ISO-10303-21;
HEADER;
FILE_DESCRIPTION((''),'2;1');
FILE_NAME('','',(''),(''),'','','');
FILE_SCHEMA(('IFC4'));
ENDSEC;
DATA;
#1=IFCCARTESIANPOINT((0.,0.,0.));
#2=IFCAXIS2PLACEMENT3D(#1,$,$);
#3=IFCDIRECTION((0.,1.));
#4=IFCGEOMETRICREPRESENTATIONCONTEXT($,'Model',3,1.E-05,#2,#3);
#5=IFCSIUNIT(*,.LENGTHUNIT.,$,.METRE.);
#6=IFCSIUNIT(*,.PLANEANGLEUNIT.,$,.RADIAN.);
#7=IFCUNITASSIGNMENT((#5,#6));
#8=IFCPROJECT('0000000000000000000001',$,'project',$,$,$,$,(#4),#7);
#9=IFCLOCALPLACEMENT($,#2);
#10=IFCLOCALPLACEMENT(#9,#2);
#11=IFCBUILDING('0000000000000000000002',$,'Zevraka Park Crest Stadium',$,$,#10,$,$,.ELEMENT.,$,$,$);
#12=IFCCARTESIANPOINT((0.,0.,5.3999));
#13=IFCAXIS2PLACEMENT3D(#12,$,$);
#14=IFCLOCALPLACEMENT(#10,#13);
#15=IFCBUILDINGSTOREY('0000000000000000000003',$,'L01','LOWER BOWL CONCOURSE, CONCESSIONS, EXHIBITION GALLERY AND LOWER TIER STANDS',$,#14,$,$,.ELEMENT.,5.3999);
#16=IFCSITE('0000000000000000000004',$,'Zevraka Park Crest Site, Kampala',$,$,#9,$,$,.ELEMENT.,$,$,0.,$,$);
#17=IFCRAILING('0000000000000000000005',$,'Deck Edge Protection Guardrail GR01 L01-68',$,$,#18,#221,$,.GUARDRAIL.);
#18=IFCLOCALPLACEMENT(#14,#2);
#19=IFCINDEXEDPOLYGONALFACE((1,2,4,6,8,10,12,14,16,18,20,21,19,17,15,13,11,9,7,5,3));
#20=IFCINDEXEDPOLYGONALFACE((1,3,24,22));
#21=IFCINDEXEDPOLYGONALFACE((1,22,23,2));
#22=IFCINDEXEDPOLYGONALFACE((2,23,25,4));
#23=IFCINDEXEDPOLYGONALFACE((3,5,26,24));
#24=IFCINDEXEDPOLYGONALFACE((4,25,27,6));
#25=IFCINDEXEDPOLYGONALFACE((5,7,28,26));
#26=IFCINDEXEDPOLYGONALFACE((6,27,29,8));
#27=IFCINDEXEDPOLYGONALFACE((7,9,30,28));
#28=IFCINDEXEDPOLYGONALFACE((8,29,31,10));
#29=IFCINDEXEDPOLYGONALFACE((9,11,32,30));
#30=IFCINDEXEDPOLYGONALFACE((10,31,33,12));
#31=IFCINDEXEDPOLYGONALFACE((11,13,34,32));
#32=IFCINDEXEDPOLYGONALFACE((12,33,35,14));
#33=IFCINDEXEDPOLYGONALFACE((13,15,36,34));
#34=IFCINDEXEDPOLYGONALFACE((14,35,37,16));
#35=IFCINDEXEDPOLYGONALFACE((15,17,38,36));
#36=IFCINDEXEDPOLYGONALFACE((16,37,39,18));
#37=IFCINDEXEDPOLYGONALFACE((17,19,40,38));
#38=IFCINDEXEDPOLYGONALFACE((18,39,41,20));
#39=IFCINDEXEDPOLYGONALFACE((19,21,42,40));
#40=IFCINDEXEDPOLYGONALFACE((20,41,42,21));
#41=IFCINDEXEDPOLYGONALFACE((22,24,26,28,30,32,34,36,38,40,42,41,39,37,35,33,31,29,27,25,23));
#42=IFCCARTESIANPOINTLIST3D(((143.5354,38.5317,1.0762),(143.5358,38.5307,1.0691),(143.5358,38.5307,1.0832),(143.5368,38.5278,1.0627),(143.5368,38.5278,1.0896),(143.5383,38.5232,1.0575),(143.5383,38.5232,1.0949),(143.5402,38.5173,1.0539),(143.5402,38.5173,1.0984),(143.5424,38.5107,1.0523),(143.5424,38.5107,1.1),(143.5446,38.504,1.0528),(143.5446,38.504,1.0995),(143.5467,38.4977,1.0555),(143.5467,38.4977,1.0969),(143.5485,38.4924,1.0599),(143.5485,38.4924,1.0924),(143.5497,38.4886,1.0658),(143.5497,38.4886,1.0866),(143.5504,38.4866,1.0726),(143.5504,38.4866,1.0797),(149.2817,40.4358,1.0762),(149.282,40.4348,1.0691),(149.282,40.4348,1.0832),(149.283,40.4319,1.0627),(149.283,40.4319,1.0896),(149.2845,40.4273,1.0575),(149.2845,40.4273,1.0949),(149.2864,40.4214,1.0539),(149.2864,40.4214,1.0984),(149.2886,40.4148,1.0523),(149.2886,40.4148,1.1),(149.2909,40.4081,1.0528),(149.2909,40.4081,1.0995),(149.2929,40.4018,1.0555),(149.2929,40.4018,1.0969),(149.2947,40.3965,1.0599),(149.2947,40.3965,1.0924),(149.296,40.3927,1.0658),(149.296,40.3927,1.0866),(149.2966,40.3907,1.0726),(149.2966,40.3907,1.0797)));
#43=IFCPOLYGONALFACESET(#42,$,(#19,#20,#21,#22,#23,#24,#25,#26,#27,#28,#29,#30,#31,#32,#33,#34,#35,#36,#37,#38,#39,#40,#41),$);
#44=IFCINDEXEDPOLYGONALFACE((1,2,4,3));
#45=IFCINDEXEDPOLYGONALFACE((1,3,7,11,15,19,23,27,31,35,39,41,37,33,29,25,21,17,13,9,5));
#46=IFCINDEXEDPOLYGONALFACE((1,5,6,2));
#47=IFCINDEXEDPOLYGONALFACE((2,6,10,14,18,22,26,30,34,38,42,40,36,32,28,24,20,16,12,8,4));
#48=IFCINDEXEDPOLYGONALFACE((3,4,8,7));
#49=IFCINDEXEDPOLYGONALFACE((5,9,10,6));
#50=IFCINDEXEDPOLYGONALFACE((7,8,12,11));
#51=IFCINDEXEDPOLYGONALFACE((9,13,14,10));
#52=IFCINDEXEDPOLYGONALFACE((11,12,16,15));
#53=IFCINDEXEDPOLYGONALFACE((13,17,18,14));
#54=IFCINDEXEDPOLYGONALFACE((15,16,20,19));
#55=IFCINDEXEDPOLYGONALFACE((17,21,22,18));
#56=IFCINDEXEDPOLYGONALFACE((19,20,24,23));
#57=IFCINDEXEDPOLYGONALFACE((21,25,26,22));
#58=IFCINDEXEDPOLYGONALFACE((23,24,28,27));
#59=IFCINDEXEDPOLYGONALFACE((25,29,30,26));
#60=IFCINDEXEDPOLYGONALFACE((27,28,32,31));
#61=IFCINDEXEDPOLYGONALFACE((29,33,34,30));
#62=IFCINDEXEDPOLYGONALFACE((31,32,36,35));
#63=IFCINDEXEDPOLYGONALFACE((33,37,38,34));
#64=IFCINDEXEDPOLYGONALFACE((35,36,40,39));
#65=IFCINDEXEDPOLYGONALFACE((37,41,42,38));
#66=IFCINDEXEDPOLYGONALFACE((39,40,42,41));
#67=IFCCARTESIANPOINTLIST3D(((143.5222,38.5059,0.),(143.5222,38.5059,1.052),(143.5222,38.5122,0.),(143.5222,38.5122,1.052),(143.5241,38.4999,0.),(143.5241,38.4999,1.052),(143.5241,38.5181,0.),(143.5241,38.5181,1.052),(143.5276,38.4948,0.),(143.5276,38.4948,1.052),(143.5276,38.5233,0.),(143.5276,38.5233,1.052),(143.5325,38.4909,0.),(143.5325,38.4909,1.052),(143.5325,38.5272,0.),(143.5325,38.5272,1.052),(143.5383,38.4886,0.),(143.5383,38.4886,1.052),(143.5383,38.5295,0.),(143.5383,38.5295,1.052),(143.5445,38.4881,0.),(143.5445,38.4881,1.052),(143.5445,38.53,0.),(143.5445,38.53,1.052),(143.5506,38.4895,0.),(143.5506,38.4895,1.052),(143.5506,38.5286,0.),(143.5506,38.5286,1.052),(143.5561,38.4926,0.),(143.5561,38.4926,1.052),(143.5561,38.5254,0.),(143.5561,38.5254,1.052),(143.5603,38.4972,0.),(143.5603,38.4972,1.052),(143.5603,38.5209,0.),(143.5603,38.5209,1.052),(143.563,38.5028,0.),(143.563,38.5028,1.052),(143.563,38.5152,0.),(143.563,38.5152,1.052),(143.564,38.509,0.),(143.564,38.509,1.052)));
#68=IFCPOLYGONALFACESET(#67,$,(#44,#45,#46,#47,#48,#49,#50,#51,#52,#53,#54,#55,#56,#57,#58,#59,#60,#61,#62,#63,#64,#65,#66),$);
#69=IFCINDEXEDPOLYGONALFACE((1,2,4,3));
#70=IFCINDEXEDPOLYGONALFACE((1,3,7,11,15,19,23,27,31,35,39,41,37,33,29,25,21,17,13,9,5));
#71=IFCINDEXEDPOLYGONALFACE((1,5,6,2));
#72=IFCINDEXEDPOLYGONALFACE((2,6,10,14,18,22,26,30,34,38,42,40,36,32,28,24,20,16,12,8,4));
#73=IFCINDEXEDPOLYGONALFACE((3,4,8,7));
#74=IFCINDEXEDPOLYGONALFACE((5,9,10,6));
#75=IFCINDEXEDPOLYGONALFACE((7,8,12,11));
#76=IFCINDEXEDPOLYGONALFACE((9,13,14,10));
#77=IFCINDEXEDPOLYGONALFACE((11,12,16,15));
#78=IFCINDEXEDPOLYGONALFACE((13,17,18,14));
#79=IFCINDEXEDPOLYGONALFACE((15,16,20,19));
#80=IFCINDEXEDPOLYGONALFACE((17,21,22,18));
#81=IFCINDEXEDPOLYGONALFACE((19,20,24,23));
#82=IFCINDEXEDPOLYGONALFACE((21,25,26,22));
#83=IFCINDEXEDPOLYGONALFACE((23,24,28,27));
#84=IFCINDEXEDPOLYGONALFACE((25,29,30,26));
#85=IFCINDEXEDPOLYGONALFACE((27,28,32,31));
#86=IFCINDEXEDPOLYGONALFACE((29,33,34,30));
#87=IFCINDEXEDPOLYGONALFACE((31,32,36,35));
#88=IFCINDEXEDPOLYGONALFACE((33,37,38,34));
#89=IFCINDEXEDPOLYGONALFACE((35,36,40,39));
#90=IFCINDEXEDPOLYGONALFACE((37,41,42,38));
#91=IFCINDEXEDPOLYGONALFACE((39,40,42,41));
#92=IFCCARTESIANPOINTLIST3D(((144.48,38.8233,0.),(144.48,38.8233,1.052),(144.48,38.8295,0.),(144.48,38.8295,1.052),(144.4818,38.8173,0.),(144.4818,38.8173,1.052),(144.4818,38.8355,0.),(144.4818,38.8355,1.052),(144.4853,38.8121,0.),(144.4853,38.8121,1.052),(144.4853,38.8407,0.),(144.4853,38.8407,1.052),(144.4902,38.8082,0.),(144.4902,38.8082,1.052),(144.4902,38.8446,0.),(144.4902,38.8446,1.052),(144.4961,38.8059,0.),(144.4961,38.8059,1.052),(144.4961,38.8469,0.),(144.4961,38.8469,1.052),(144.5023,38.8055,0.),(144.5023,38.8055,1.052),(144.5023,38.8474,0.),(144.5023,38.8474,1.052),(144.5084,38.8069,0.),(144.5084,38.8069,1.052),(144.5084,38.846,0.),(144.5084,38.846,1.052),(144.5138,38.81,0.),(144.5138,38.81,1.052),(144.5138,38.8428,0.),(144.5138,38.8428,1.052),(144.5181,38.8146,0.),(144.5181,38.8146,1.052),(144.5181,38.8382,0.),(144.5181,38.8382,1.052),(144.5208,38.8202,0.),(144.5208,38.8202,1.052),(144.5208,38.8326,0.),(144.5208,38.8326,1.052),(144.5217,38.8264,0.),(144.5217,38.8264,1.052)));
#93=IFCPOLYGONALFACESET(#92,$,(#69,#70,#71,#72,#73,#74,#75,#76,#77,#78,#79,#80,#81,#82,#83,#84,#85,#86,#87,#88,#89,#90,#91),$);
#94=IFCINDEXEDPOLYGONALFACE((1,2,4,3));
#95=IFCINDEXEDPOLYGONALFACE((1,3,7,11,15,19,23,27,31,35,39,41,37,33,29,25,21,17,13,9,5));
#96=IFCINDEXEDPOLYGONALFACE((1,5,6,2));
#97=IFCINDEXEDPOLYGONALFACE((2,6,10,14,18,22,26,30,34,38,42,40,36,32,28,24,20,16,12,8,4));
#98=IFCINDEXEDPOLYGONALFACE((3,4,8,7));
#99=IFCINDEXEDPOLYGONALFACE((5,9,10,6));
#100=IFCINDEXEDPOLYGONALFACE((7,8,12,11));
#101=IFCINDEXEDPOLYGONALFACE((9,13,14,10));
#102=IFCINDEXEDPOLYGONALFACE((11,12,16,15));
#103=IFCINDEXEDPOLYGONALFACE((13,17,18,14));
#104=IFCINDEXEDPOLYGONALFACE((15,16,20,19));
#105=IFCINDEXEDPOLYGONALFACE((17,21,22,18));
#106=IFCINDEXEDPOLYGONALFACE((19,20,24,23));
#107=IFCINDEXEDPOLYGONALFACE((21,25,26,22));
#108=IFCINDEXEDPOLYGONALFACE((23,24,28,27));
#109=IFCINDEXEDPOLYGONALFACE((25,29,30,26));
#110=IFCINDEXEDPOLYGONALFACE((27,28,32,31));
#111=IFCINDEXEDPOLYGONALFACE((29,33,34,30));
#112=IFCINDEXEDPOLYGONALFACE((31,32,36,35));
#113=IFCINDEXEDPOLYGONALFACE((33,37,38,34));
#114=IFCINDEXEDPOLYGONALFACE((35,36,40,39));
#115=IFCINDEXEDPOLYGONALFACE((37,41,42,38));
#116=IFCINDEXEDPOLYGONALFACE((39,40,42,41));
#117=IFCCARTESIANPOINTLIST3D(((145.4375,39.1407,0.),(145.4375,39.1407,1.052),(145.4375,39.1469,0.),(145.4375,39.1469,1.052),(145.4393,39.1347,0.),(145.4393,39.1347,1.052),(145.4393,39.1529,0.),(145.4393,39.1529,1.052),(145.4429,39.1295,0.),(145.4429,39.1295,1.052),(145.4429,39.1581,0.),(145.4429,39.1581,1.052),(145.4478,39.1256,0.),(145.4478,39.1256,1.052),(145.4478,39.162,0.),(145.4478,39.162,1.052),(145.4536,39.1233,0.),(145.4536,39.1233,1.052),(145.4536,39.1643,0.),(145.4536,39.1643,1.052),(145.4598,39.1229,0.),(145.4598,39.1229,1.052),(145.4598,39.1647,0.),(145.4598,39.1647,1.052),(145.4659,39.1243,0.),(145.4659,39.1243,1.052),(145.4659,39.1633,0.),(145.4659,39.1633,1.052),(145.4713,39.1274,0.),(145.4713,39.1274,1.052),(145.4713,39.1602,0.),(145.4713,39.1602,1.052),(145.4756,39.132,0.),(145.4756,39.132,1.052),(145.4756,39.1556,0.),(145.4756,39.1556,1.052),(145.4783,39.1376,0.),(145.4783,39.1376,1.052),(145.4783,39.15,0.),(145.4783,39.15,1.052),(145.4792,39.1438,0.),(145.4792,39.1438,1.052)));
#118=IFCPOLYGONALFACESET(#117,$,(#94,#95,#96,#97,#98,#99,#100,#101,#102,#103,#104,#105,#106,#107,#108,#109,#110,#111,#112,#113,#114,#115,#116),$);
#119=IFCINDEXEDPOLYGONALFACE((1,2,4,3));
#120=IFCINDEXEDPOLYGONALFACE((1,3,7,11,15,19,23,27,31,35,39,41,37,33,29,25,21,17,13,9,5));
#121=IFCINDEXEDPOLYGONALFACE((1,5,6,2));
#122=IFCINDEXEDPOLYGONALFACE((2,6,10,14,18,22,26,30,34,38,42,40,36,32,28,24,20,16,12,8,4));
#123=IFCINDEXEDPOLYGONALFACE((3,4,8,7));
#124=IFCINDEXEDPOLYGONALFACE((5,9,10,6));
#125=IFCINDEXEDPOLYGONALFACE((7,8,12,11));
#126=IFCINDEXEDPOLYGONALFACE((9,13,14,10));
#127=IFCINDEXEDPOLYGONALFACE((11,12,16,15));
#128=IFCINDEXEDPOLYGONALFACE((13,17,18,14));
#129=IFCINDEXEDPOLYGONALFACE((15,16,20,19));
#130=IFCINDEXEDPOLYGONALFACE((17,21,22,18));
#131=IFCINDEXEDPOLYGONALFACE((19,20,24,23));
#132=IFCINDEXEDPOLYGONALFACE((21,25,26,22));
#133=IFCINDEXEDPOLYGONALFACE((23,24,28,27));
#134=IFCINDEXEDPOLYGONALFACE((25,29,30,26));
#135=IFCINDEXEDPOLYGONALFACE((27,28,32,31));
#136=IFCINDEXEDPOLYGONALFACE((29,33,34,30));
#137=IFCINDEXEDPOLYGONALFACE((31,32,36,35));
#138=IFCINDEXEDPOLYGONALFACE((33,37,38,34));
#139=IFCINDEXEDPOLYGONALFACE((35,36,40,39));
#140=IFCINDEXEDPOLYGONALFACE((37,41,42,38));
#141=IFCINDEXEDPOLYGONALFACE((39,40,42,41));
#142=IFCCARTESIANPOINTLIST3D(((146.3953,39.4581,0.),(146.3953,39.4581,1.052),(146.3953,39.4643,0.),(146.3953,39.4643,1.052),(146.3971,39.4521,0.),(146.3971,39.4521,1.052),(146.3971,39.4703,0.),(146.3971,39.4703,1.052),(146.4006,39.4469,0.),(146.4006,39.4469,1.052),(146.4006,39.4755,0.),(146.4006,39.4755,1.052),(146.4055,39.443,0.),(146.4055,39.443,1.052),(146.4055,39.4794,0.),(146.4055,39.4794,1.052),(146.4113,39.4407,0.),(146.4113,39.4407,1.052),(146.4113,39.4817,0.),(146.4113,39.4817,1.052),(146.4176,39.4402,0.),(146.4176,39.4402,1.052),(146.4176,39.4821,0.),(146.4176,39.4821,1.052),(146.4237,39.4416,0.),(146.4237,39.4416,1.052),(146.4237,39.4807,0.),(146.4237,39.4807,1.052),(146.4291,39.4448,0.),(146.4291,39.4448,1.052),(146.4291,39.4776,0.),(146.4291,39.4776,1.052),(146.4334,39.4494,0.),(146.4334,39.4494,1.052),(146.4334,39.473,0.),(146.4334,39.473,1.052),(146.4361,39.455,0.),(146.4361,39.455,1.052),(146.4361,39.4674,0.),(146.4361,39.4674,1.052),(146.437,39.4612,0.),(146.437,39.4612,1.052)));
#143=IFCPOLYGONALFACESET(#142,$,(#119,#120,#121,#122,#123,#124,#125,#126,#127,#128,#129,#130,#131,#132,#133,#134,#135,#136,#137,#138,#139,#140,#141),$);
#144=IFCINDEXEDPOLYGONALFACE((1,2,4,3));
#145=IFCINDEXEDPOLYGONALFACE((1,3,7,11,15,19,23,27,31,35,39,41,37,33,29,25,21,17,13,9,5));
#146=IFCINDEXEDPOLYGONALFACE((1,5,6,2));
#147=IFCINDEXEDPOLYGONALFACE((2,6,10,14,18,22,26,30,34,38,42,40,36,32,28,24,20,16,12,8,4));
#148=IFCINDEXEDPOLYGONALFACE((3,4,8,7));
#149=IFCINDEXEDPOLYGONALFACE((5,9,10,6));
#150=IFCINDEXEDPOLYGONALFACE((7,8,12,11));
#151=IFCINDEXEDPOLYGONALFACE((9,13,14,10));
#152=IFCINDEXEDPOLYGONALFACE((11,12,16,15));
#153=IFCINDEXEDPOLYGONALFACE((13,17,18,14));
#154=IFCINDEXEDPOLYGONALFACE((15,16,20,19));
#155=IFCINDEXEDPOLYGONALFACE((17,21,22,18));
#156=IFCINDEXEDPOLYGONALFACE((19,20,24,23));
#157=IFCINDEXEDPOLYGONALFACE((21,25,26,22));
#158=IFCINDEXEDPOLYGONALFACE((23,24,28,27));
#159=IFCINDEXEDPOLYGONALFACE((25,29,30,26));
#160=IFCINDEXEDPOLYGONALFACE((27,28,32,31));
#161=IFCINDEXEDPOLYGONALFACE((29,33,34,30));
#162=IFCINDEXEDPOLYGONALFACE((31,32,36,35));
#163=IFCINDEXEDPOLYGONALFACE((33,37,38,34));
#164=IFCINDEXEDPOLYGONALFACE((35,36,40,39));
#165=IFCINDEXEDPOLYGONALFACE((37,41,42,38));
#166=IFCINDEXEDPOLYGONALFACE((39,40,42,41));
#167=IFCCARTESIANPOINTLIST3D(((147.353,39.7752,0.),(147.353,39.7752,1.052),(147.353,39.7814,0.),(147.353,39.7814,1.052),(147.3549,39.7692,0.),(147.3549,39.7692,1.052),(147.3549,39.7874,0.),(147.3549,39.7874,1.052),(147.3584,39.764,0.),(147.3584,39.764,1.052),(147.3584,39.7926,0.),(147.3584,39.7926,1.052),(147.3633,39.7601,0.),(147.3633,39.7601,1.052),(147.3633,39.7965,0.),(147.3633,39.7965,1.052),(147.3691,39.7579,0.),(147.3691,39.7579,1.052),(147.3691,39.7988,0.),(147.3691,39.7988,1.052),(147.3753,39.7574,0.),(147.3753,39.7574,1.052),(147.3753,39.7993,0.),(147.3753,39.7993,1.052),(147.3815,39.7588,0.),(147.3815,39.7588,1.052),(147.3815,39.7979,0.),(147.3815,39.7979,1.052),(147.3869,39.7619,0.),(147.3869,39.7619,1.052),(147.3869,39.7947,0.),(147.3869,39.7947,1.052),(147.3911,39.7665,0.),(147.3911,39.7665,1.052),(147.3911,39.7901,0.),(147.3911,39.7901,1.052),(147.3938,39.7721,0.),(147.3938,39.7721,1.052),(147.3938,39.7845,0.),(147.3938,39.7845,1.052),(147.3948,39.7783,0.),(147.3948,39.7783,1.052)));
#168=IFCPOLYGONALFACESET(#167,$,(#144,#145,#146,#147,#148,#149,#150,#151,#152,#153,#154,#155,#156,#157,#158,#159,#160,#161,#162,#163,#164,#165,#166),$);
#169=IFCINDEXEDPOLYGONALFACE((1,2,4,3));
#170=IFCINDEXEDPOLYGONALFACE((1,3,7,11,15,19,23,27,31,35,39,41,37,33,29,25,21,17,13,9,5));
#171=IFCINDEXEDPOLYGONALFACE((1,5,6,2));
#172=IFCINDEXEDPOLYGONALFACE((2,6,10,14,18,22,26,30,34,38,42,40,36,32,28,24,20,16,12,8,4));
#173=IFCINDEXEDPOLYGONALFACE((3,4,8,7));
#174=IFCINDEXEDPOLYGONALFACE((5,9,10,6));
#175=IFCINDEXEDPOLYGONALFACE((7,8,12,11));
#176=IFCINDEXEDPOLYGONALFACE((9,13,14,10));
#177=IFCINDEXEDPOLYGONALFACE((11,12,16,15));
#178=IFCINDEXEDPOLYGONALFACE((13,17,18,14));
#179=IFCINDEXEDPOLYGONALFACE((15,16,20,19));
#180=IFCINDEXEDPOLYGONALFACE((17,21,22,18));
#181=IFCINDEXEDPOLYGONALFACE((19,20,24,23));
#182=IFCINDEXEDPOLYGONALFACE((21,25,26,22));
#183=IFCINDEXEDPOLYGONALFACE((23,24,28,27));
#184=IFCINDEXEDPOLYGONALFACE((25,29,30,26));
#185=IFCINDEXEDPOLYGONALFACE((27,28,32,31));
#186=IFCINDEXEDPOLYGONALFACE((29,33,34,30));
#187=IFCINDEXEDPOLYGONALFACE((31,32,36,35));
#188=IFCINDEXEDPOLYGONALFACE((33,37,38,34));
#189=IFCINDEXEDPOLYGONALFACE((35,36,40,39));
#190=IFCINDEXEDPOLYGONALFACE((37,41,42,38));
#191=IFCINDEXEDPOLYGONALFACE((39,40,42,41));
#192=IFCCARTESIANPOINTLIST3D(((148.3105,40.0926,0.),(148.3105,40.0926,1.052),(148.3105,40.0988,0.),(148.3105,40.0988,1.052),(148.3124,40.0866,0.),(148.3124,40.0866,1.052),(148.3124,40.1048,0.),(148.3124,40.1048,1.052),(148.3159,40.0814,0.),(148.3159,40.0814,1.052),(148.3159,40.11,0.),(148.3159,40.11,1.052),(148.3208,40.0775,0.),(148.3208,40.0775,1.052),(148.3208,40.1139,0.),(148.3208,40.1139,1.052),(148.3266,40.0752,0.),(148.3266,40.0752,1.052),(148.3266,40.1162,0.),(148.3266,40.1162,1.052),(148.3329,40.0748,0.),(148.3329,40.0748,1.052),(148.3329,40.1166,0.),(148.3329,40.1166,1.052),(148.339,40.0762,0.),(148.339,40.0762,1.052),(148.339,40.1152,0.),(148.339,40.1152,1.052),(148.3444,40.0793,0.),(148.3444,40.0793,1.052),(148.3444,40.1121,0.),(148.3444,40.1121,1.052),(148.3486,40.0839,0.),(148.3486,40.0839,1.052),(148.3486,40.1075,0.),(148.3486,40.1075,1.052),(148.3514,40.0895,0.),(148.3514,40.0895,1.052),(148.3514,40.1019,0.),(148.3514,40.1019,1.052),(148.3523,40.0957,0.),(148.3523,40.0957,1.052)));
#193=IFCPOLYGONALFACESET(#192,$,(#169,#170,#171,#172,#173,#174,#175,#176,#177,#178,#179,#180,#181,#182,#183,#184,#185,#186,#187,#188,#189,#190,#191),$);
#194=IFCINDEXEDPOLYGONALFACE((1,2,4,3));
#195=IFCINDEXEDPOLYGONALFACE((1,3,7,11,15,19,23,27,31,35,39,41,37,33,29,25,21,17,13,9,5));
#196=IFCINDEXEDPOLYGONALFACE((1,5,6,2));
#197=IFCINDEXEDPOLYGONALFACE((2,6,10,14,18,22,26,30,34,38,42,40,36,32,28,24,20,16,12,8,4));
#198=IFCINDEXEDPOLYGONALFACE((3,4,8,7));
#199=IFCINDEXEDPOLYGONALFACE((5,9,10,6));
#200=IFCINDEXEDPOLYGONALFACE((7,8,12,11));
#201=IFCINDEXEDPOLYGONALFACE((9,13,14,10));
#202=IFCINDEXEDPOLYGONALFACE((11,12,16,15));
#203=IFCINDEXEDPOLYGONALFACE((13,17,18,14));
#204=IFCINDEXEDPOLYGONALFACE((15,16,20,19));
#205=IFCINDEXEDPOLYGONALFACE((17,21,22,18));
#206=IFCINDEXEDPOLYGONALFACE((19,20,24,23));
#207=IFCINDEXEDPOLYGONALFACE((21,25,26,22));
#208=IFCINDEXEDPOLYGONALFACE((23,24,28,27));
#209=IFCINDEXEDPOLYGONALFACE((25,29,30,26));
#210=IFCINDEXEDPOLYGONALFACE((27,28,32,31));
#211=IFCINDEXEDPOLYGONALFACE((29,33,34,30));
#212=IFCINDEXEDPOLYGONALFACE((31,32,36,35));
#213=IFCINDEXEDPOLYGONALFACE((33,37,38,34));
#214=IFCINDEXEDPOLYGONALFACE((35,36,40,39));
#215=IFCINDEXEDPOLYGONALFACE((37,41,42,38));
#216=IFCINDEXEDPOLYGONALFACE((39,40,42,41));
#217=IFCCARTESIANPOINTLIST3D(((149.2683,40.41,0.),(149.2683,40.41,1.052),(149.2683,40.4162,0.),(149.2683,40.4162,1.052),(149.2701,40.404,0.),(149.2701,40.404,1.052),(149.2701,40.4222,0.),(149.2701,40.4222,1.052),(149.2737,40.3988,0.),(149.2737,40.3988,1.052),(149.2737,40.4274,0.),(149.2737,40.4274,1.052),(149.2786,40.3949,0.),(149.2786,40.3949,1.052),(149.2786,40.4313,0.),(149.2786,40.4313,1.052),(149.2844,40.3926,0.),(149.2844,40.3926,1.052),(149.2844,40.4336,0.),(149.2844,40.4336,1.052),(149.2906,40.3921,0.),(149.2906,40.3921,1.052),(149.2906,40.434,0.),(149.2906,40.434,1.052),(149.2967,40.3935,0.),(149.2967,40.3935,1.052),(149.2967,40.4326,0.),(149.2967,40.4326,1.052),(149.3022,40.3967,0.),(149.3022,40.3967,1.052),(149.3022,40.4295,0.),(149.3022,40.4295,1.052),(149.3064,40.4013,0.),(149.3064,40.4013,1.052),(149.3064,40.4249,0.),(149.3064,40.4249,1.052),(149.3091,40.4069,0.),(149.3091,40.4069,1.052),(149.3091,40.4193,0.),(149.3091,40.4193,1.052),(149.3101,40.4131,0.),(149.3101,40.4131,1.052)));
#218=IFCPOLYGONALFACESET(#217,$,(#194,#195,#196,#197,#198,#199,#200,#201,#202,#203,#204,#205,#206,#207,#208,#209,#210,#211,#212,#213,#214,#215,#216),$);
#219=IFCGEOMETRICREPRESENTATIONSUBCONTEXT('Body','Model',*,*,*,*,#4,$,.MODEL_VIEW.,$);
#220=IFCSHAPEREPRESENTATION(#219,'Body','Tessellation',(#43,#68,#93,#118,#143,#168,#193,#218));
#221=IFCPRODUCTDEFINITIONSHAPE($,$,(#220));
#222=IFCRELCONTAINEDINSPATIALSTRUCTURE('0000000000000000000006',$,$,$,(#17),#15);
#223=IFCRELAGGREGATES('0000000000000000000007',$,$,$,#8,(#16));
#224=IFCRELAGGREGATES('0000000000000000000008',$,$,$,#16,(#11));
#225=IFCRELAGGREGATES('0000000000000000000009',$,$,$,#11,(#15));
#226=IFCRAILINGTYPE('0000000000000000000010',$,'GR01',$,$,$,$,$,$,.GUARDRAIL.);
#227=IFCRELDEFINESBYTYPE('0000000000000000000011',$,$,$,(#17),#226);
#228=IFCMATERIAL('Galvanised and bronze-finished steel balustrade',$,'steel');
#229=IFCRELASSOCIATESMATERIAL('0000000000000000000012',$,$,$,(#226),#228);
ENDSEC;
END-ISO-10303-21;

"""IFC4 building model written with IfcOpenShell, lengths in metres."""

from ifc_helpers import new_model, si_unit, direction, frame, origin, origin_2d, place, context, subcontext, project, spatial, circle, extrude, material, type_object, element, save


model = new_model("IFC4")

# Units and contexts
model_context = context("Model", 3, precision=1e-05, world=origin(), true_north=direction((0.0, 1.0)))
body_context = subcontext(model_context, "Body", "Model", "MODEL_VIEW")
ifc_project = project(units=[si_unit("LENGTHUNIT", "METRE"), si_unit("PLANEANGLEUNIT", "RADIAN")], contexts=[model_context])

# Site, building, storey
site_placement = place(None, origin())
site = spatial("IfcSite", under=ifc_project, at=site_placement, Name="Zevraka Park Crest Site, Kampala", CompositionType="ELEMENT", RefElevation=0.0)
building_placement = place(site_placement, origin())
building = spatial("IfcBuilding", under=site, at=building_placement, Name="Zevraka Park Crest Stadium", CompositionType="ELEMENT")
storey_placement = place(building_placement, frame((0.0, 0.0, 5.3999)))
storey = spatial("IfcBuildingStorey", under=building, at=storey_placement, Name="L01", Description="LOWER BOWL CONCOURSE, CONCESSIONS, EXHIBITION GALLERY AND LOWER TIER STANDS", CompositionType="ELEMENT", Elevation=5.3999)

# Railing
ifc_material_1 = material(Name="Galvanised and bronze-finished steel balustrade", Category="steel")
railing_type_1 = type_object("IfcRailingType", Name="GR01", PredefinedType="GUARDRAIL", material=ifc_material_1)
railing_1_placement = place(storey_placement, frame((143.543, 38.509, 0.0)))
element("IfcRailing", 1, at=railing_1_placement, inside=storey, type_object=railing_type_1, Name="Deck Edge Protection Guardrail GR01 L01-68", PredefinedType="GUARDRAIL", context=body_context, shape_type="SweptSolid", body=[
    extrude(circle(Radius=0.0239, at=origin_2d()), frame((0.0, 0.0, 1.0762), z_axis=(0.949242, 0.314545, 0.0), x_axis=(-0.314545, 0.949242, 0.0)), (0.0, 0.0, 1.0), 6.0535),
    extrude(circle(Radius=0.021, at=origin_2d()), origin(), (0.0, 0.0, 1.0), 1.052),
    extrude(circle(Radius=0.021, at=origin_2d()), frame((0.9578, 0.3174, 0.0)), (0.0, 0.0, 1.0), 1.052),
    extrude(circle(Radius=0.021, at=origin_2d()), frame((1.9153, 0.6348, 0.0)), (0.0, 0.0, 1.0), 1.052),
    extrude(circle(Radius=0.021, at=origin_2d()), frame((2.873, 0.9521, 0.0)), (0.0, 0.0, 1.0), 1.052),
    extrude(circle(Radius=0.021, at=origin_2d()), frame((3.8308, 1.2693, 0.0)), (0.0, 0.0, 1.0), 1.052),
    extrude(circle(Radius=0.021, at=origin_2d()), frame((4.7883, 1.5867, 0.0)), (0.0, 0.0, 1.0), 1.052),
    extrude(circle(Radius=0.021, at=origin_2d()), frame((5.7461, 1.9041, 0.0)), (0.0, 0.0, 1.0), 1.052),
])

save(model, "model.ifc")
